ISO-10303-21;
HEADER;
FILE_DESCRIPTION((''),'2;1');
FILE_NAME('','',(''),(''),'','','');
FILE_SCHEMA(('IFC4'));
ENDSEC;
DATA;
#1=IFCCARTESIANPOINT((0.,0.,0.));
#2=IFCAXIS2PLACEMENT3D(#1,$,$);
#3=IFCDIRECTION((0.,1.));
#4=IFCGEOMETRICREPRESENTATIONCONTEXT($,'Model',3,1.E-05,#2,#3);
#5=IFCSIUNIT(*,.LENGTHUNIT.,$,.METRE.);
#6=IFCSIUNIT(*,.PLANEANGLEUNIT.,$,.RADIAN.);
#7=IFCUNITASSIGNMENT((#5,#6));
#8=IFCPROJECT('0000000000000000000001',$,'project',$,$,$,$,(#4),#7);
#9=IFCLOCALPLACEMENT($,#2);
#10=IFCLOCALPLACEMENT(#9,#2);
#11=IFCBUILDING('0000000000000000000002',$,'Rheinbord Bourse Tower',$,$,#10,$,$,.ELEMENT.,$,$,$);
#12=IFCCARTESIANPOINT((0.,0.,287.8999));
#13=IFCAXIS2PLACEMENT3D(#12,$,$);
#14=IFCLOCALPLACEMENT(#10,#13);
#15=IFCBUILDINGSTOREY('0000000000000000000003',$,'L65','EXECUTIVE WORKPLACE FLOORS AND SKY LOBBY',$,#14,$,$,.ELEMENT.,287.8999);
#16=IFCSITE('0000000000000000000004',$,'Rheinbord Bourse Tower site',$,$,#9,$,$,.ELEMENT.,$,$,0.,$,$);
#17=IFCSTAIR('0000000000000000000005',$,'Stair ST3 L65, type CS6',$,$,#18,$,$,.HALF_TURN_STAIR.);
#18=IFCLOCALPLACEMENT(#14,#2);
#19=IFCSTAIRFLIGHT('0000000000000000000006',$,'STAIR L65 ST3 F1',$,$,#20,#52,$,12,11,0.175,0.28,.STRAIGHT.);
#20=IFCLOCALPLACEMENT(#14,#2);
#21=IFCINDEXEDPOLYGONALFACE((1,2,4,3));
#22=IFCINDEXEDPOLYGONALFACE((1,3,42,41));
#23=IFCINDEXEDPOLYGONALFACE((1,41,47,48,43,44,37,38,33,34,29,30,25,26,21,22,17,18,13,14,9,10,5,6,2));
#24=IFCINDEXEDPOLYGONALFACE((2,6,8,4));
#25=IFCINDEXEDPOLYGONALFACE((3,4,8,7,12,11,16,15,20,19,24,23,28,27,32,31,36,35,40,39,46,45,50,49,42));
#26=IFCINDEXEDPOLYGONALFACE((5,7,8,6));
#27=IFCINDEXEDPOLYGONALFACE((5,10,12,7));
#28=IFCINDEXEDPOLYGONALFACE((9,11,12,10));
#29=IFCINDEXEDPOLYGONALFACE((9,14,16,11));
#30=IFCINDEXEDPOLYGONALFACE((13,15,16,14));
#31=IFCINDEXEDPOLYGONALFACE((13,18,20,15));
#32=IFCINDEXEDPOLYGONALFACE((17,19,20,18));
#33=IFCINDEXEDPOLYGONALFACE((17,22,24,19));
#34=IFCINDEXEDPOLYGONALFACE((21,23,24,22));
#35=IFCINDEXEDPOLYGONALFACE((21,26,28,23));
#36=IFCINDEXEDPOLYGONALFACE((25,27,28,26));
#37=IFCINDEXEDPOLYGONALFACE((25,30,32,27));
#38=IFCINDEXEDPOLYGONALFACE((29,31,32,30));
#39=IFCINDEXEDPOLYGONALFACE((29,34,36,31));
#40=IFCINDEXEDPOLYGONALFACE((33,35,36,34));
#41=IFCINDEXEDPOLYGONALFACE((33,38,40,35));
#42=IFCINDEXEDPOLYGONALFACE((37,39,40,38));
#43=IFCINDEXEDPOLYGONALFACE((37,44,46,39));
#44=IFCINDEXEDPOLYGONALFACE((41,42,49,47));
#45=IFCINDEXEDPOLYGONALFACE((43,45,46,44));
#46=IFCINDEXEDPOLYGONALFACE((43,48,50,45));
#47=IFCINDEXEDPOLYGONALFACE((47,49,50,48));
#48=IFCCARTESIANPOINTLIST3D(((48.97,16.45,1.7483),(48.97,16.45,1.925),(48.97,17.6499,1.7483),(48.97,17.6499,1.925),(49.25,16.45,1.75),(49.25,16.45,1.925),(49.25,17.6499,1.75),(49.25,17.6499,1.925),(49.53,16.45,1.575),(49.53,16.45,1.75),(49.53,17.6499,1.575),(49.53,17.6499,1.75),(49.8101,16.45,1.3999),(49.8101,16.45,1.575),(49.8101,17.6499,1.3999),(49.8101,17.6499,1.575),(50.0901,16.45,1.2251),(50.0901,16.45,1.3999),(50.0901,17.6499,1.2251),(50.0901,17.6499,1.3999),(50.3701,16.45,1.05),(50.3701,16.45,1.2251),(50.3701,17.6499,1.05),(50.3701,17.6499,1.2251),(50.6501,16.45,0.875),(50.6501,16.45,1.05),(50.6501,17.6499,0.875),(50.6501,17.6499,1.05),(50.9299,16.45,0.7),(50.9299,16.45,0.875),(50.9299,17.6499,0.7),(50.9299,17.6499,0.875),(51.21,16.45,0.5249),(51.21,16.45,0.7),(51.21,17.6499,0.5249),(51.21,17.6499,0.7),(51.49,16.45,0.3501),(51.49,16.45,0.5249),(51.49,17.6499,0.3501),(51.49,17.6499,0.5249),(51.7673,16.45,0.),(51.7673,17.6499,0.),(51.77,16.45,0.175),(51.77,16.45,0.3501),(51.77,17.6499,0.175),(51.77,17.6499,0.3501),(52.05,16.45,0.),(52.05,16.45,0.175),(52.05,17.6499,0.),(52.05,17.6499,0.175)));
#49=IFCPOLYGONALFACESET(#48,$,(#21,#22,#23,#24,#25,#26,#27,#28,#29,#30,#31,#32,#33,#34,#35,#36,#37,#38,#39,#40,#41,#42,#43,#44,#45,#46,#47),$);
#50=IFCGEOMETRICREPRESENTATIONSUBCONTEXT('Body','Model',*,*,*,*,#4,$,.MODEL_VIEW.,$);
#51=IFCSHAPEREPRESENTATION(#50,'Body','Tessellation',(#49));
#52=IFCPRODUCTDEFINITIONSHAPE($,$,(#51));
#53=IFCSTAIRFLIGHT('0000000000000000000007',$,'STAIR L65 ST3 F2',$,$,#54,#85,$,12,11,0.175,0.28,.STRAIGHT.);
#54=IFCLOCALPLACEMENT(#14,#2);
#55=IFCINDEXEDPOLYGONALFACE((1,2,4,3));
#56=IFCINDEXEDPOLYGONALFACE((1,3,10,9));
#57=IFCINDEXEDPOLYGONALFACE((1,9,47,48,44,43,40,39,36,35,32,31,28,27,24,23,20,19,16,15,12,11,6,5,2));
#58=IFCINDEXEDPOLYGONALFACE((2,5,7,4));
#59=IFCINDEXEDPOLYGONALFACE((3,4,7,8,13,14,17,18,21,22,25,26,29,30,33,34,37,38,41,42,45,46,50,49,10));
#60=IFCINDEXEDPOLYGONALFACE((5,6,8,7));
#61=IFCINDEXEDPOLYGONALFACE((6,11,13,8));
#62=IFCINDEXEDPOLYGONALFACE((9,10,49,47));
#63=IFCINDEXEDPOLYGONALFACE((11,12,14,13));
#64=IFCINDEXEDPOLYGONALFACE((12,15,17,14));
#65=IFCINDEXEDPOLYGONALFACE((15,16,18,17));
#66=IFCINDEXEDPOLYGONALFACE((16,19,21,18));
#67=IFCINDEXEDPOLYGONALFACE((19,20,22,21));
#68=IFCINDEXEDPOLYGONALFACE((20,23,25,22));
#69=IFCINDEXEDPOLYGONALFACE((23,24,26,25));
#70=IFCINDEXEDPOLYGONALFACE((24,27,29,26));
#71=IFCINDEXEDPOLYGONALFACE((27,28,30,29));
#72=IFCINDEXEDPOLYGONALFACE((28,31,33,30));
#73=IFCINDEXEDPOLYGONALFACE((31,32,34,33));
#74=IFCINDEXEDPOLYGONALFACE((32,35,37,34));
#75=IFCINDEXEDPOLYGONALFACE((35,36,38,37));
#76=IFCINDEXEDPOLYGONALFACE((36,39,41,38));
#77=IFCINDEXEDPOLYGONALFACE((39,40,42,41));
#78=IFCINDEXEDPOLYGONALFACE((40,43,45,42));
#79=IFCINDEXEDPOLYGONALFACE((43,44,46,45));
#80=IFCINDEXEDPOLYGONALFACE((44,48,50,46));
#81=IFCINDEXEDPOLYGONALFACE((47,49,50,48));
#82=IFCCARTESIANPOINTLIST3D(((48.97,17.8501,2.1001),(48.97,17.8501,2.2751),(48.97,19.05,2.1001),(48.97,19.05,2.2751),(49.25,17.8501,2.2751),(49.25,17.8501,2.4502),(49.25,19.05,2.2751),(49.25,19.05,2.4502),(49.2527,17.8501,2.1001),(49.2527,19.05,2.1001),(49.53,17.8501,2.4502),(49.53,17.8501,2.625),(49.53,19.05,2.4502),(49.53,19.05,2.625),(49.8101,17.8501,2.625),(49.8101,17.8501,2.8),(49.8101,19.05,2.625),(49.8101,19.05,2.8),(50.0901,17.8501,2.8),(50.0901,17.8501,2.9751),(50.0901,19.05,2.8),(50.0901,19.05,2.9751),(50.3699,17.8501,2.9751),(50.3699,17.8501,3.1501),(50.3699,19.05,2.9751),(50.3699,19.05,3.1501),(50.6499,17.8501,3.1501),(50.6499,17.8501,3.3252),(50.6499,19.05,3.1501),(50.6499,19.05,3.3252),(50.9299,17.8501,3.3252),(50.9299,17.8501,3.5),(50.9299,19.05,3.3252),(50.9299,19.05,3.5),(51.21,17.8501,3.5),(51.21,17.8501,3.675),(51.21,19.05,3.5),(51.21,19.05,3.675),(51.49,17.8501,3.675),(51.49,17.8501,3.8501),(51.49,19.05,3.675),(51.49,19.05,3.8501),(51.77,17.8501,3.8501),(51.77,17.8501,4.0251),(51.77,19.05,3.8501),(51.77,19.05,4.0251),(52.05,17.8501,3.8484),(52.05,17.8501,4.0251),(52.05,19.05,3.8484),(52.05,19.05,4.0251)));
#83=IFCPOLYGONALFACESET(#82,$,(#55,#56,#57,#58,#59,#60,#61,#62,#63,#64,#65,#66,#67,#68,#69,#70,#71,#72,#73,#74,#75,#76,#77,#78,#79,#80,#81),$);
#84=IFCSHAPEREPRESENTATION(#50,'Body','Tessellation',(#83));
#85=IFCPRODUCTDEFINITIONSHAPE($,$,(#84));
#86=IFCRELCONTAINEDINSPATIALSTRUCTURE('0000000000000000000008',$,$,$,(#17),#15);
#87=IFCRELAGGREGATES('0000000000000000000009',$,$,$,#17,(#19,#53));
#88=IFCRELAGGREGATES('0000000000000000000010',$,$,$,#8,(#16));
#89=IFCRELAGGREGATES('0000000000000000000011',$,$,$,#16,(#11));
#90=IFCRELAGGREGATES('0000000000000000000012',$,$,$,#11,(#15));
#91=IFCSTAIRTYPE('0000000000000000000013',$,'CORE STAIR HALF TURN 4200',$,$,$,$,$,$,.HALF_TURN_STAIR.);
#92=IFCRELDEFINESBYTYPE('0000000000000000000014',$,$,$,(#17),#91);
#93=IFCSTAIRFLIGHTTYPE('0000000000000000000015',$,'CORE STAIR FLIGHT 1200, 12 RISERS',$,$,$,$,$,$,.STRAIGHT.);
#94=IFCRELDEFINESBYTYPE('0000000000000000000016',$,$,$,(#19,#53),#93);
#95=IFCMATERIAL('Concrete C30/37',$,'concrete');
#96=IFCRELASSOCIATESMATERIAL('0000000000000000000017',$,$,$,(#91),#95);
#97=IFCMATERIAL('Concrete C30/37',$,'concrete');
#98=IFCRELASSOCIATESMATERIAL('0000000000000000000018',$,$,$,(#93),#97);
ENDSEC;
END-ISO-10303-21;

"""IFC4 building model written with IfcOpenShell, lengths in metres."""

from ifc_helpers import new_model, si_unit, direction, frame, origin, place, context, subcontext, project, spatial, polyline, outline, extrude, material, type_object, element, aggregate, save


model = new_model("IFC4")

# Units and contexts
model_context = context("Model", 3, precision=1e-05, world=origin(), true_north=direction((0.0, 1.0)))
body_context = subcontext(model_context, "Body", "Model", "MODEL_VIEW")
ifc_project = project(units=[si_unit("LENGTHUNIT", "METRE"), si_unit("PLANEANGLEUNIT", "RADIAN")], contexts=[model_context])

# Site, building, storey
site_placement = place(None, origin())
site = spatial("IfcSite", under=ifc_project, at=site_placement, Name="Rheinbord Bourse Tower site", CompositionType="ELEMENT", RefElevation=0.0)
building_placement = place(site_placement, origin())
building = spatial("IfcBuilding", under=site, at=building_placement, Name="Rheinbord Bourse Tower", CompositionType="ELEMENT")
storey_placement = place(building_placement, frame((0.0, 0.0, 287.8999)))
storey = spatial("IfcBuildingStorey", under=building, at=storey_placement, Name="L65", Description="EXECUTIVE WORKPLACE FLOORS AND SKY LOBBY", CompositionType="ELEMENT", Elevation=287.8999)

# Stair, stair flights
ifc_material_1 = material(Name="Concrete C30/37", Category="concrete")
stair_type = type_object("IfcStairType", Name="CORE STAIR HALF TURN 4200", PredefinedType="HALF_TURN_STAIR", material=ifc_material_1)
stair_placement = place(storey_placement, origin())
stair = element("IfcStair", 1, at=stair_placement, inside=storey, type_object=stair_type, Name="Stair ST3 L65, type CS6", PredefinedType="HALF_TURN_STAIR")
ifc_material_2 = material(Name="Concrete C30/37", Category="concrete")
stair_flight_type = type_object("IfcStairFlightType", Name="CORE STAIR FLIGHT 1200, 12 RISERS", PredefinedType="STRAIGHT", material=ifc_material_2)
stair_flight_1_placement = place(storey_placement, frame((52.05, 17.05, 0.0), z_axis=(0.0, 0.0, 1.0), x_axis=(-1.0, 0.0, 0.0)))
stair_flight_1 = element("IfcStairFlight", 2, at=stair_flight_1_placement, type_object=stair_flight_type, Name="STAIR L65 ST3 F1", NumberOfRisers=12, NumberOfTreads=11, PredefinedType="STRAIGHT", RiserHeight=0.175, TreadLength=0.28, context=body_context, shape_type="SweptSolid", body=[
    extrude(outline(polyline([(0.0, 0.0), (0.0, 0.175), (0.28, 0.175), (0.28, 0.3501), (0.5601, 0.3501), (0.5601, 0.5249), (0.8401, 0.5249), (0.8401, 0.7), (1.1201, 0.7), (1.1201, 0.875), (1.3999, 0.875), (1.3999, 1.05), (1.6799, 1.05), (1.6799, 1.2251), (1.96, 1.2251), (1.96, 1.3999), (2.24, 1.3999), (2.24, 1.575), (2.52, 1.575), (2.52, 1.75), (2.8, 1.75), (2.8, 1.925), (3.0801, 1.925), (3.0801, 2.1001), (3.0801, 1.7483), (0.2827, 0.0), (0.0, 0.0)])), frame((0.0, 0.6001, 0.0), z_axis=(0.0, -1.0, 0.0), x_axis=(1.0, 0.0, 0.0)), (0.0, 0.0, 1.0), 1.2),
])
stair_flight_2_placement = place(storey_placement, frame((48.97, 18.45, 2.1001), z_axis=(0.0, 0.0, 1.0), x_axis=(1.0, 0.0, 0.0)))
stair_flight_2 = element("IfcStairFlight", 3, at=stair_flight_2_placement, type_object=stair_flight_type, Name="STAIR L65 ST3 F2", NumberOfRisers=12, NumberOfTreads=11, PredefinedType="STRAIGHT", RiserHeight=0.175, TreadLength=0.28, context=body_context, shape_type="SweptSolid", body=[
    extrude(outline(polyline([(0.0, 0.0), (0.0, 0.175), (0.28, 0.175), (0.28, 0.3501), (0.5601, 0.3501), (0.5601, 0.5249), (0.8401, 0.5249), (0.8401, 0.7), (1.1201, 0.7), (1.1201, 0.875), (1.3999, 0.875), (1.3999, 1.05), (1.6799, 1.05), (1.6799, 1.2251), (1.96, 1.2251), (1.96, 1.3999), (2.24, 1.3999), (2.24, 1.575), (2.52, 1.575), (2.52, 1.75), (2.8, 1.75), (2.8, 1.925), (3.0801, 1.925), (3.0801, 2.1001), (3.0801, 1.7483), (0.2827, 0.0), (0.0, 0.0)])), frame((0.0, 0.6001, 0.0), z_axis=(0.0, -1.0, 0.0), x_axis=(1.0, 0.0, 0.0)), (0.0, 0.0, 1.0), 1.2),
])
aggregate(stair, [stair_flight_1, stair_flight_2])

save(model, "model.ifc")
